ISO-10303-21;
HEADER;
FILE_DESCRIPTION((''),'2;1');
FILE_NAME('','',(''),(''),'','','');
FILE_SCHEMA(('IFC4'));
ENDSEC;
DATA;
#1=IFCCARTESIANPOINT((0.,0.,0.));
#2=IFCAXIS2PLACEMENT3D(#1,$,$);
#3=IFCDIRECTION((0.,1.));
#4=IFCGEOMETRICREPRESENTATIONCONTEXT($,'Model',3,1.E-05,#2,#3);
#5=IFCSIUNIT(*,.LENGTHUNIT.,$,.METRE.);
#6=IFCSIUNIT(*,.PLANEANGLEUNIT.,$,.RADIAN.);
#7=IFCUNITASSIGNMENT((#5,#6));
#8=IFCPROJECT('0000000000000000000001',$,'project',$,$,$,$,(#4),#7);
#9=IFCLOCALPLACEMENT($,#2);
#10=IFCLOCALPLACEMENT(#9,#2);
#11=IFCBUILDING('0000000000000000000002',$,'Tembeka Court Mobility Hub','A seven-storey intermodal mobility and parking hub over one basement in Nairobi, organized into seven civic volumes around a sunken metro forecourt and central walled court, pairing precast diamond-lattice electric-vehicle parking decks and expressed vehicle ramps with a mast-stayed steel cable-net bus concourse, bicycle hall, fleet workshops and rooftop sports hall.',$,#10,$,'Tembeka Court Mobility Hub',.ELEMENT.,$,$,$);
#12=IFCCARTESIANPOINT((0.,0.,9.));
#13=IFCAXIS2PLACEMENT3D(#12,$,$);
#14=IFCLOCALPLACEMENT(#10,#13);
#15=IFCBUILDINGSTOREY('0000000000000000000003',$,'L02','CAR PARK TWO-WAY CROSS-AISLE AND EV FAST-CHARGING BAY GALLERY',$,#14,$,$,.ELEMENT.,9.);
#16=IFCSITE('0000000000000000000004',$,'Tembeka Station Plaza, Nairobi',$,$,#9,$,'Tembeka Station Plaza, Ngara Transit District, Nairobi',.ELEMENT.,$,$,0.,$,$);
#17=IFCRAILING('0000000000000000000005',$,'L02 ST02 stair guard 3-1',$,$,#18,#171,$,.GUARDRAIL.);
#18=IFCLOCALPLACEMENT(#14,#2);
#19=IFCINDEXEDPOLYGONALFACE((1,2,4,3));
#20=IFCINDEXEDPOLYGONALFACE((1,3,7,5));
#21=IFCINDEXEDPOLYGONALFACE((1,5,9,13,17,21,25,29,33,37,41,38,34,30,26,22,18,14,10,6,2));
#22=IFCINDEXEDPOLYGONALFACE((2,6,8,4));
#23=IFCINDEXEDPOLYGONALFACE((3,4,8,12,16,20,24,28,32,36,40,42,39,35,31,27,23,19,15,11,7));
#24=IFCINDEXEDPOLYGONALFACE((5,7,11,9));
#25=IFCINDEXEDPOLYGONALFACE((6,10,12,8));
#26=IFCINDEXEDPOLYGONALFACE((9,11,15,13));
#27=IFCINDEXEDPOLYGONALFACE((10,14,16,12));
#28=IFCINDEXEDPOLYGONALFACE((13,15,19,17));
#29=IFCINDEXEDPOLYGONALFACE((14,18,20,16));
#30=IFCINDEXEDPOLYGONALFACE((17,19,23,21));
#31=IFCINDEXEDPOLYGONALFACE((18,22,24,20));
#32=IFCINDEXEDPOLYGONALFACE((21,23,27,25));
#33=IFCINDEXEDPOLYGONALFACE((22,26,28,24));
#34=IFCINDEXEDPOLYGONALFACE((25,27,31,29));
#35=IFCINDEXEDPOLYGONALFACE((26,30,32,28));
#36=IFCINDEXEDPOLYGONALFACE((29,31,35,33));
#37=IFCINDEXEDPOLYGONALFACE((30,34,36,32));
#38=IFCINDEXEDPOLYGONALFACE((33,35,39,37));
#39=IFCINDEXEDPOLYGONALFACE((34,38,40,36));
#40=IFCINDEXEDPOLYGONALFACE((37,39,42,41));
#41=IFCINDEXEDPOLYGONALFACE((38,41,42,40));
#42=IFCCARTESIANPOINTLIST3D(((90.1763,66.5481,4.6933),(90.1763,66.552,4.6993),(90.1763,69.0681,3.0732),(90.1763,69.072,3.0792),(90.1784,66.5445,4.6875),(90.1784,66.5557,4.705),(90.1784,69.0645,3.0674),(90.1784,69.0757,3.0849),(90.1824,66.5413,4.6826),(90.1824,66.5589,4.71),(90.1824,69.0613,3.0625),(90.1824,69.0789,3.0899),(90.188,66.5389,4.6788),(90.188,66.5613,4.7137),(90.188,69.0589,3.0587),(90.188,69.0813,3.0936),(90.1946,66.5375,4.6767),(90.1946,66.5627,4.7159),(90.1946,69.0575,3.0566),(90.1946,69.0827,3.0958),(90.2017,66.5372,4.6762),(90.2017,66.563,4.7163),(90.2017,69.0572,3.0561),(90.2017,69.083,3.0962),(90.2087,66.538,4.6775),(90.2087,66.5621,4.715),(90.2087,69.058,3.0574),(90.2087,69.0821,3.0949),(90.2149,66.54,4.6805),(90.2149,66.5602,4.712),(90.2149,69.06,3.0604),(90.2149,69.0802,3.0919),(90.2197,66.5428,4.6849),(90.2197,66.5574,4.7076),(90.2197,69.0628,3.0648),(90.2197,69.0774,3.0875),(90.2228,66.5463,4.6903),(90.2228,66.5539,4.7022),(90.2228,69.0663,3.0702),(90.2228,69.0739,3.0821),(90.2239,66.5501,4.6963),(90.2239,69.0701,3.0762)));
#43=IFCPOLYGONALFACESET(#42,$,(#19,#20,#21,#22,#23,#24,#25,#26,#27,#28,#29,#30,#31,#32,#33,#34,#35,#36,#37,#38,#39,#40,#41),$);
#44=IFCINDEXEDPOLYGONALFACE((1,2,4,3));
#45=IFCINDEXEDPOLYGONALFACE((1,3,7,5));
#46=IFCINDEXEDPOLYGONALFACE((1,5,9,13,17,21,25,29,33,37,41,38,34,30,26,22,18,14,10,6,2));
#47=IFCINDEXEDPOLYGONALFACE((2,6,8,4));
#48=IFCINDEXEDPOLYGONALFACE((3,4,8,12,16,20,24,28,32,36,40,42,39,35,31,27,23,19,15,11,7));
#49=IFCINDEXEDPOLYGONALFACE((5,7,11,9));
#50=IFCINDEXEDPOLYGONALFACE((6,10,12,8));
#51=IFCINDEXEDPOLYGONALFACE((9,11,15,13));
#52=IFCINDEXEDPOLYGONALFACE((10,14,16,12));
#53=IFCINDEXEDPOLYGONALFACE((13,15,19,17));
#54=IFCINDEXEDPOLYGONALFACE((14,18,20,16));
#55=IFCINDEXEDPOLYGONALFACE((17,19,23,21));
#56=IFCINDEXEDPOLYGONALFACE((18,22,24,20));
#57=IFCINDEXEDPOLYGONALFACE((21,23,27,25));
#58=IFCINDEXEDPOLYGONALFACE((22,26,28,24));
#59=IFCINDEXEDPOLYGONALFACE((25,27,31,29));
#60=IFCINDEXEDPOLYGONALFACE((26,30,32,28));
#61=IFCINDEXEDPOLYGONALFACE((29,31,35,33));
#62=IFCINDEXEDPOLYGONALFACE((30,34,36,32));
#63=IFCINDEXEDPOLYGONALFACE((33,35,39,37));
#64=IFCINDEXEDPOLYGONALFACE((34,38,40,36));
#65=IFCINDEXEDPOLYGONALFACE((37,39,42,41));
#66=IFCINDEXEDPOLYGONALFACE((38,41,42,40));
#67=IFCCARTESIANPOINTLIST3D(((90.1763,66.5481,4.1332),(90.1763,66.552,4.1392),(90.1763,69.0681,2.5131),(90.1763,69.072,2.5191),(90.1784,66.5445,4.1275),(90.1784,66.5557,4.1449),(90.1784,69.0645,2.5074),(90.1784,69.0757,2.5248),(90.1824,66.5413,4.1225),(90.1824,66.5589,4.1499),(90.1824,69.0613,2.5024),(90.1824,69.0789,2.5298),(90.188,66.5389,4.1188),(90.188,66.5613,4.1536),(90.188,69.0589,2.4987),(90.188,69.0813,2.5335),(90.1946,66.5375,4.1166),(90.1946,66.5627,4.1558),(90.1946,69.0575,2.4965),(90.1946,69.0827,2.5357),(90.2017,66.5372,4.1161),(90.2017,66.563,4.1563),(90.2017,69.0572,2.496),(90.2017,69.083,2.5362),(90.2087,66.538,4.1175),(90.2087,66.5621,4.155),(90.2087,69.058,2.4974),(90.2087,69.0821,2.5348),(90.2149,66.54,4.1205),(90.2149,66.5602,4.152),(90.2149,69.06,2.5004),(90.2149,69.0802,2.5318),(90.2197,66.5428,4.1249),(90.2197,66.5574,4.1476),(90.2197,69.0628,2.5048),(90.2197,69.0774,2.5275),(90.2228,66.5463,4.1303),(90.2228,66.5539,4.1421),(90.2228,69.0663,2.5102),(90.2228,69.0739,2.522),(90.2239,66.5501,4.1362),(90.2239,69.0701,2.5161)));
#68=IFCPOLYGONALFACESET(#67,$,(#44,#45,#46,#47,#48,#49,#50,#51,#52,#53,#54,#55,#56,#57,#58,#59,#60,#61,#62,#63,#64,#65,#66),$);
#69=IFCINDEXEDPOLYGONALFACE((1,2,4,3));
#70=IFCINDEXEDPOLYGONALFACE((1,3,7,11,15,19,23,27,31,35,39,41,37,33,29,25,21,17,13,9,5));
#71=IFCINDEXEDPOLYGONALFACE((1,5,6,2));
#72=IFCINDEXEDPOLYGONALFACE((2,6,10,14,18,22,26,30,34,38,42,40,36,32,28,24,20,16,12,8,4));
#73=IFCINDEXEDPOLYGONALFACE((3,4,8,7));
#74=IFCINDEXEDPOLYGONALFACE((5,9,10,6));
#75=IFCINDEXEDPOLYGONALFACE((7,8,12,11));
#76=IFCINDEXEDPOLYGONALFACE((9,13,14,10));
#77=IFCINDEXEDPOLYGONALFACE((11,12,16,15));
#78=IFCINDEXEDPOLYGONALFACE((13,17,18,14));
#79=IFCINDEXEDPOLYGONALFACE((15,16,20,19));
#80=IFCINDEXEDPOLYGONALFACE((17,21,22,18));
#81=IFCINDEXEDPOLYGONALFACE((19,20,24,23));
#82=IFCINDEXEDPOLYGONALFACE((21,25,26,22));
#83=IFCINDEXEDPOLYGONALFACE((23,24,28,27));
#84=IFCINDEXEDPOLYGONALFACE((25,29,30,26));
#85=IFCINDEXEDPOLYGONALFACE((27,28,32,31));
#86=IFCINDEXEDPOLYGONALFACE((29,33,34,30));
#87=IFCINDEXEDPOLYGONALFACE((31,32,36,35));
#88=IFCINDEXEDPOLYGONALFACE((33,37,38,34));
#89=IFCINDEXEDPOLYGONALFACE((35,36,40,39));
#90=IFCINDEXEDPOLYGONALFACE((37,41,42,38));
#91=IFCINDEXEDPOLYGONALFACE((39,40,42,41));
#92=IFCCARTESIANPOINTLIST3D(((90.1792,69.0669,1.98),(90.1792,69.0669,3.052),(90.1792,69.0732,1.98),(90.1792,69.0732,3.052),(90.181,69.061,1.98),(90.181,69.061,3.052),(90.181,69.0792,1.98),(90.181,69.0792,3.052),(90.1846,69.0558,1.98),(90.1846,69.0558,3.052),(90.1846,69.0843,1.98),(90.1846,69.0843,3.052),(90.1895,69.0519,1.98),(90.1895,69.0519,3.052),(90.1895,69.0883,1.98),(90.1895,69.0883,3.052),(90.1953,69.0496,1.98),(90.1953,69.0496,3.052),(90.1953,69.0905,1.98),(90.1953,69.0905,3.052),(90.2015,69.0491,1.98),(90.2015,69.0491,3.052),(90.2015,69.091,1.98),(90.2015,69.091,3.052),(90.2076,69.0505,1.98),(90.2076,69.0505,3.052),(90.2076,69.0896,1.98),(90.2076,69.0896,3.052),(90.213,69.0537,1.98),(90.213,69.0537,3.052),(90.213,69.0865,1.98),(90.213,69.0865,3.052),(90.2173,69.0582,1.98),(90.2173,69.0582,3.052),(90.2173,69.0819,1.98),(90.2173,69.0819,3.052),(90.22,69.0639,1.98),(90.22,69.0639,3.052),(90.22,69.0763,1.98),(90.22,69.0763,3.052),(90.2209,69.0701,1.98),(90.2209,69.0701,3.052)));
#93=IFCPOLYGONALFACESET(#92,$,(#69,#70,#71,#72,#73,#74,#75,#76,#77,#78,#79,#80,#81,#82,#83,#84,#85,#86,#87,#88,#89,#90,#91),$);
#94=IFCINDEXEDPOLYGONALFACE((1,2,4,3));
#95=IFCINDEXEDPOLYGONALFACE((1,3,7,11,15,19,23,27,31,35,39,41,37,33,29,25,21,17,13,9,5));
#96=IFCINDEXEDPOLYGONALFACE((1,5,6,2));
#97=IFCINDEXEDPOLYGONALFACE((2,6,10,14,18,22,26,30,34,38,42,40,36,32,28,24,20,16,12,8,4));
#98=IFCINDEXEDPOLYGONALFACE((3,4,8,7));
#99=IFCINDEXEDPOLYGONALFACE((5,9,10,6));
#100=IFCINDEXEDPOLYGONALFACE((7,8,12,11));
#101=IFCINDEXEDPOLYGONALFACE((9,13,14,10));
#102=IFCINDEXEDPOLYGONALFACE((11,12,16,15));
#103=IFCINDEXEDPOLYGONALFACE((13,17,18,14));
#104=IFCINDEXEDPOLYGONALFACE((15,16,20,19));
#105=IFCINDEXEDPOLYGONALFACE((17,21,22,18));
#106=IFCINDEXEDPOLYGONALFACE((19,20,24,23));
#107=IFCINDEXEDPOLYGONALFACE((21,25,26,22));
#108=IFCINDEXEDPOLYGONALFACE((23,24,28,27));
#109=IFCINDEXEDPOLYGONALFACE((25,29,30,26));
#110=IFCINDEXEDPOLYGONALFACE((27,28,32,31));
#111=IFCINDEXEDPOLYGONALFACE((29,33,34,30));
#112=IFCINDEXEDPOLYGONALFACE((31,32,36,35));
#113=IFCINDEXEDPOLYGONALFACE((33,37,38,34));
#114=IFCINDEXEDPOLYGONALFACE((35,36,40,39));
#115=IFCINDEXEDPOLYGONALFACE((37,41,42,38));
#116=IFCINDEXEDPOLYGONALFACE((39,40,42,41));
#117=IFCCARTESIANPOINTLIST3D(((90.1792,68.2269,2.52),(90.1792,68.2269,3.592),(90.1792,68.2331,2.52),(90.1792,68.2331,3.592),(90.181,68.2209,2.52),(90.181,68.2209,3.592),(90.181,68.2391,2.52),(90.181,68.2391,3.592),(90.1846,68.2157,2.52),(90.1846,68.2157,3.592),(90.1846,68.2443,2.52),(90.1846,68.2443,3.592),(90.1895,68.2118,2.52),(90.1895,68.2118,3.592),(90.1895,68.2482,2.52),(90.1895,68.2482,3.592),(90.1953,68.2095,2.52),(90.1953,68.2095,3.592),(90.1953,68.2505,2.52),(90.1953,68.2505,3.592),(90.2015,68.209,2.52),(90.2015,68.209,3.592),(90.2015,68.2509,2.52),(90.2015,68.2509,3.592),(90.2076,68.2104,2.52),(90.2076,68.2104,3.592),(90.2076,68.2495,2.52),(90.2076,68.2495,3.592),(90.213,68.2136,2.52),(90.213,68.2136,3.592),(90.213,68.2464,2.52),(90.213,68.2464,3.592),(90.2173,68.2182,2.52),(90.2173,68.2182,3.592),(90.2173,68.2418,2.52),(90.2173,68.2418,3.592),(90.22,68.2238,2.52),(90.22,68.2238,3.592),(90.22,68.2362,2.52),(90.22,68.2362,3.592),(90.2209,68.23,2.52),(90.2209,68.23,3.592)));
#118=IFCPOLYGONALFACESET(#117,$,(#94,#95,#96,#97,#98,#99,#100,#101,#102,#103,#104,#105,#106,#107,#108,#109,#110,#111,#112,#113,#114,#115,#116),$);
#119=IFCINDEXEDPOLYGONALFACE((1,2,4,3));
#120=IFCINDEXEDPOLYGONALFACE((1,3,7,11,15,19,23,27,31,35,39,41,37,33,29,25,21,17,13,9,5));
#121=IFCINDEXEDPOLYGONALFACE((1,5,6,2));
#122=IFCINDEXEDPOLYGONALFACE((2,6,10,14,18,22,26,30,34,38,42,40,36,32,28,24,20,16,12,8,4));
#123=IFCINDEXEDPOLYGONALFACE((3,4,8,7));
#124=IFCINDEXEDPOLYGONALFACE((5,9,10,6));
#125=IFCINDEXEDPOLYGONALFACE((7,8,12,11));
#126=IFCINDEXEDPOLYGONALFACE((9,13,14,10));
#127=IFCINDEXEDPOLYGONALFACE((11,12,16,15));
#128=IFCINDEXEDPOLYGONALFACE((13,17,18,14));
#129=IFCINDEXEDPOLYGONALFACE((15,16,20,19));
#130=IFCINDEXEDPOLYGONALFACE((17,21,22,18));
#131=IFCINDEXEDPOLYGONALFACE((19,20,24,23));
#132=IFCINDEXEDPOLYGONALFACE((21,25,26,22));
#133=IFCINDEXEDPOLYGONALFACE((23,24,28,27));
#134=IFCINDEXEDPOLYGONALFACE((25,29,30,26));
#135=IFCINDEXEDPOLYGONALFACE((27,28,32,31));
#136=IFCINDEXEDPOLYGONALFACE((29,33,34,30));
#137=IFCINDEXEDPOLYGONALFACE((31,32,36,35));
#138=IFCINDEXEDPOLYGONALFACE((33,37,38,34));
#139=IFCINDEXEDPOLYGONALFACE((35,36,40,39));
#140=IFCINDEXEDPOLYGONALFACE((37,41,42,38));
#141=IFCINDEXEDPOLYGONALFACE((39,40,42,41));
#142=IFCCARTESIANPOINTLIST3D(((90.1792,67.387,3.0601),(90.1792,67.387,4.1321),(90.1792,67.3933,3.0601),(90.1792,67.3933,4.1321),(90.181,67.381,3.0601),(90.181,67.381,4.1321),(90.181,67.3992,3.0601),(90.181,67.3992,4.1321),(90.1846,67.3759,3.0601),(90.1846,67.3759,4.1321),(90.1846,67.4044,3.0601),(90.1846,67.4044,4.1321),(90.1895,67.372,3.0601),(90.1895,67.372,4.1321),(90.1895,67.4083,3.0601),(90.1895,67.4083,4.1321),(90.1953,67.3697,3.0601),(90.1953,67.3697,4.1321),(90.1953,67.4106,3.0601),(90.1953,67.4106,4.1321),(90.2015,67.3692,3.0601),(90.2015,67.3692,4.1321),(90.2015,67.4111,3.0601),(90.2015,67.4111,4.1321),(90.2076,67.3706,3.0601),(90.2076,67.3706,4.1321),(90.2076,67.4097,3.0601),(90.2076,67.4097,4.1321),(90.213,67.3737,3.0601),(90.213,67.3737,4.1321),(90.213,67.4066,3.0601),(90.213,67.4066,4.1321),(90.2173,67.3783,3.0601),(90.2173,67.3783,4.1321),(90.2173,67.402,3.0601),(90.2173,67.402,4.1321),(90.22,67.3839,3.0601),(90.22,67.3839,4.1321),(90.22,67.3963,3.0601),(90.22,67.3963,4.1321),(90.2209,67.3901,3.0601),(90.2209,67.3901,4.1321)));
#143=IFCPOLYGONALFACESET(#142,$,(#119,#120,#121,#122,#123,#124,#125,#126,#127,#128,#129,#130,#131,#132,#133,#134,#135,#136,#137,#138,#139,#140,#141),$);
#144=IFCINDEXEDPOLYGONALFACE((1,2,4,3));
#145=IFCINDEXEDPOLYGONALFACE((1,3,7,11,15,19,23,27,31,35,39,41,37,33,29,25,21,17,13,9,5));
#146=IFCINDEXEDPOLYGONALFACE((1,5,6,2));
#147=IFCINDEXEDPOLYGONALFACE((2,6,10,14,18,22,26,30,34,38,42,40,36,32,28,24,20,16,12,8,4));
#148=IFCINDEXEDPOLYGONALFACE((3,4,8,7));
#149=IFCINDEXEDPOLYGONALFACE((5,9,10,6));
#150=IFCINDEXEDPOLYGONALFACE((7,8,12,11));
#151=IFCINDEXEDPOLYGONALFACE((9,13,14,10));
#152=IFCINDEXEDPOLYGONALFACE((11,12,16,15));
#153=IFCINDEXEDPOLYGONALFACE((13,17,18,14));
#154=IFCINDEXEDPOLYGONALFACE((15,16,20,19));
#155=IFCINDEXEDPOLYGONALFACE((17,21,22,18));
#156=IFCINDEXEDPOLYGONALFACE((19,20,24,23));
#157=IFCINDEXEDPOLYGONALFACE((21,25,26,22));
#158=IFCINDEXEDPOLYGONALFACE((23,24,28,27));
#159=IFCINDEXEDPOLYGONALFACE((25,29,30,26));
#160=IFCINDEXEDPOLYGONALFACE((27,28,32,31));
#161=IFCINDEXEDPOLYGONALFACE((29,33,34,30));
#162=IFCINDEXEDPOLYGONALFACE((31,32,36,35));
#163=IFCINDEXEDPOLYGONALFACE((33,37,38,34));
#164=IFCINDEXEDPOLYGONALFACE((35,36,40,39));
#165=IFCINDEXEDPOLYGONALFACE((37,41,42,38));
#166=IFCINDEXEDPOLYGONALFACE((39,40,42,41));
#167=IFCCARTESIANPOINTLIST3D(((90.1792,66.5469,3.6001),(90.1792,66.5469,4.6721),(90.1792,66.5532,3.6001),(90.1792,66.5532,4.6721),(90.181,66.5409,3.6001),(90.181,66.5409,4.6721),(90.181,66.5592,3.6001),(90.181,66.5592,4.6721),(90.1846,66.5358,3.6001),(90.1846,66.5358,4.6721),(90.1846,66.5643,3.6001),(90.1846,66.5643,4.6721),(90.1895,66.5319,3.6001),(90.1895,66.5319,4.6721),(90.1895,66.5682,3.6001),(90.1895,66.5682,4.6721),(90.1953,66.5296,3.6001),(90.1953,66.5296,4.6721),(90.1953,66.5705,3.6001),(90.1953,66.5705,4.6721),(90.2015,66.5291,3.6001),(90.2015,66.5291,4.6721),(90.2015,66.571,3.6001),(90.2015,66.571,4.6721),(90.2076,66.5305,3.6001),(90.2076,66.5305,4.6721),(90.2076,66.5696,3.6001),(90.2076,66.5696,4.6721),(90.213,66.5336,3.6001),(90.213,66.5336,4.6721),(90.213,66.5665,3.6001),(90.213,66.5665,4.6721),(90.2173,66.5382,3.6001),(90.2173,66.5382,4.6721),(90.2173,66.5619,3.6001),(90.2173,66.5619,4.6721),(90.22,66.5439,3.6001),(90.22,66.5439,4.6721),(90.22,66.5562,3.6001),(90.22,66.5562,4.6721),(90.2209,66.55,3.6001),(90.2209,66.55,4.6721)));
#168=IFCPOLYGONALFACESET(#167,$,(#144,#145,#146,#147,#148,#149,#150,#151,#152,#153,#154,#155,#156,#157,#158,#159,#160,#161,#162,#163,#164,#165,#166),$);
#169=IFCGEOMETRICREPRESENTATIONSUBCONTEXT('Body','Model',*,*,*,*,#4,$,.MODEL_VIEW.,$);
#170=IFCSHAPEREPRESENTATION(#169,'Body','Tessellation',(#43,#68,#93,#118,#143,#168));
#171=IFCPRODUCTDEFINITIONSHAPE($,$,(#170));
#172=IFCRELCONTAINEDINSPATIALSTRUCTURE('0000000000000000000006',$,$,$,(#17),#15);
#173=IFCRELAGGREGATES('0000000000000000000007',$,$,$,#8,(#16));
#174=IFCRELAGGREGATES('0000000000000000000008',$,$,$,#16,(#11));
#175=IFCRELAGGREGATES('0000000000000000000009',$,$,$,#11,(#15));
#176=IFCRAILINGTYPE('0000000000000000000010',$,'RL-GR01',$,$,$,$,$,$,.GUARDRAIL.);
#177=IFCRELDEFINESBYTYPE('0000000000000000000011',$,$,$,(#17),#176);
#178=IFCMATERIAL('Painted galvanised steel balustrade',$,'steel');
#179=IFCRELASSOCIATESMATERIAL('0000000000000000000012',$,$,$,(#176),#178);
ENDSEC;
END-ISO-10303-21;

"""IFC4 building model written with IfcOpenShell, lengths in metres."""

from ifc_helpers import new_model, si_unit, direction, frame, origin, origin_2d, place, context, subcontext, project, spatial, circle, extrude, material, type_object, element, save


model = new_model("IFC4")

# Units and contexts
model_context = context("Model", 3, precision=1e-05, world=origin(), true_north=direction((0.0, 1.0)))
body_context = subcontext(model_context, "Body", "Model", "MODEL_VIEW")
ifc_project = project(units=[si_unit("LENGTHUNIT", "METRE"), si_unit("PLANEANGLEUNIT", "RADIAN")], contexts=[model_context])

# Site, building, storey
site_placement = place(None, origin())
site = spatial("IfcSite", under=ifc_project, at=site_placement, Name="Tembeka Station Plaza, Nairobi", LongName="Tembeka Station Plaza, Ngara Transit District, Nairobi", CompositionType="ELEMENT", RefElevation=0.0)
building_placement = place(site_placement, origin())
building = spatial("IfcBuilding", under=site, at=building_placement, Name="Tembeka Court Mobility Hub", Description="A seven-storey intermodal mobility and parking hub over one basement in Nairobi, organized into seven civic volumes around a sunken metro forecourt and central walled court, pairing precast diamond-lattice electric-vehicle parking decks and expressed vehicle ramps with a mast-stayed steel cable-net bus concourse, bicycle hall, fleet workshops and rooftop sports hall.", LongName="Tembeka Court Mobility Hub", CompositionType="ELEMENT")
storey_placement = place(building_placement, frame((0.0, 0.0, 9.0)))
storey = spatial("IfcBuildingStorey", under=building, at=storey_placement, Name="L02", Description="CAR PARK TWO-WAY CROSS-AISLE AND EV FAST-CHARGING BAY GALLERY", CompositionType="ELEMENT", Elevation=9.0)

# Railing
ifc_material_1 = material(Name="Painted galvanised steel balustrade", Category="steel")
railing_type = type_object("IfcRailingType", Name="RL-GR01", PredefinedType="GUARDRAIL", material=ifc_material_1)
railing_1_placement = place(storey_placement, frame((90.2, 69.0701, 1.98)))
element("IfcRailing", 1, at=railing_1_placement, inside=storey, type_object=railing_type, Name="L02 ST02 stair guard 3-1", PredefinedType="GUARDRAIL", context=body_context, shape_type="SweptSolid", body=[
    extrude(circle(Radius=0.0239, at=origin_2d()), frame((0.0, 0.0, 1.0962), z_axis=(0.0, -0.841163, 0.540782), x_axis=(1.0, 0.0, 0.0)), (0.0, 0.0, 1.0), 2.9958),
    extrude(circle(Radius=0.0239, at=origin_2d()), frame((0.0, 0.0, 0.5361), z_axis=(0.0, -0.841163, 0.540782), x_axis=(1.0, 0.0, 0.0)), (0.0, 0.0, 1.0), 2.9958),
    extrude(circle(Radius=0.021, at=origin_2d()), origin(), (0.0, 0.0, 1.0), 1.072),
    extrude(circle(Radius=0.021, at=origin_2d()), frame((0.0, -0.8401, 0.54)), (0.0, 0.0, 1.0), 1.072),
    extrude(circle(Radius=0.021, at=origin_2d()), frame((0.0, -1.6799, 1.0801)), (0.0, 0.0, 1.0), 1.072),
    extrude(circle(Radius=0.021, at=origin_2d()), frame((0.0, -2.52, 1.6201)), (0.0, 0.0, 1.0), 1.072),
])

save(model, "model.ifc")
